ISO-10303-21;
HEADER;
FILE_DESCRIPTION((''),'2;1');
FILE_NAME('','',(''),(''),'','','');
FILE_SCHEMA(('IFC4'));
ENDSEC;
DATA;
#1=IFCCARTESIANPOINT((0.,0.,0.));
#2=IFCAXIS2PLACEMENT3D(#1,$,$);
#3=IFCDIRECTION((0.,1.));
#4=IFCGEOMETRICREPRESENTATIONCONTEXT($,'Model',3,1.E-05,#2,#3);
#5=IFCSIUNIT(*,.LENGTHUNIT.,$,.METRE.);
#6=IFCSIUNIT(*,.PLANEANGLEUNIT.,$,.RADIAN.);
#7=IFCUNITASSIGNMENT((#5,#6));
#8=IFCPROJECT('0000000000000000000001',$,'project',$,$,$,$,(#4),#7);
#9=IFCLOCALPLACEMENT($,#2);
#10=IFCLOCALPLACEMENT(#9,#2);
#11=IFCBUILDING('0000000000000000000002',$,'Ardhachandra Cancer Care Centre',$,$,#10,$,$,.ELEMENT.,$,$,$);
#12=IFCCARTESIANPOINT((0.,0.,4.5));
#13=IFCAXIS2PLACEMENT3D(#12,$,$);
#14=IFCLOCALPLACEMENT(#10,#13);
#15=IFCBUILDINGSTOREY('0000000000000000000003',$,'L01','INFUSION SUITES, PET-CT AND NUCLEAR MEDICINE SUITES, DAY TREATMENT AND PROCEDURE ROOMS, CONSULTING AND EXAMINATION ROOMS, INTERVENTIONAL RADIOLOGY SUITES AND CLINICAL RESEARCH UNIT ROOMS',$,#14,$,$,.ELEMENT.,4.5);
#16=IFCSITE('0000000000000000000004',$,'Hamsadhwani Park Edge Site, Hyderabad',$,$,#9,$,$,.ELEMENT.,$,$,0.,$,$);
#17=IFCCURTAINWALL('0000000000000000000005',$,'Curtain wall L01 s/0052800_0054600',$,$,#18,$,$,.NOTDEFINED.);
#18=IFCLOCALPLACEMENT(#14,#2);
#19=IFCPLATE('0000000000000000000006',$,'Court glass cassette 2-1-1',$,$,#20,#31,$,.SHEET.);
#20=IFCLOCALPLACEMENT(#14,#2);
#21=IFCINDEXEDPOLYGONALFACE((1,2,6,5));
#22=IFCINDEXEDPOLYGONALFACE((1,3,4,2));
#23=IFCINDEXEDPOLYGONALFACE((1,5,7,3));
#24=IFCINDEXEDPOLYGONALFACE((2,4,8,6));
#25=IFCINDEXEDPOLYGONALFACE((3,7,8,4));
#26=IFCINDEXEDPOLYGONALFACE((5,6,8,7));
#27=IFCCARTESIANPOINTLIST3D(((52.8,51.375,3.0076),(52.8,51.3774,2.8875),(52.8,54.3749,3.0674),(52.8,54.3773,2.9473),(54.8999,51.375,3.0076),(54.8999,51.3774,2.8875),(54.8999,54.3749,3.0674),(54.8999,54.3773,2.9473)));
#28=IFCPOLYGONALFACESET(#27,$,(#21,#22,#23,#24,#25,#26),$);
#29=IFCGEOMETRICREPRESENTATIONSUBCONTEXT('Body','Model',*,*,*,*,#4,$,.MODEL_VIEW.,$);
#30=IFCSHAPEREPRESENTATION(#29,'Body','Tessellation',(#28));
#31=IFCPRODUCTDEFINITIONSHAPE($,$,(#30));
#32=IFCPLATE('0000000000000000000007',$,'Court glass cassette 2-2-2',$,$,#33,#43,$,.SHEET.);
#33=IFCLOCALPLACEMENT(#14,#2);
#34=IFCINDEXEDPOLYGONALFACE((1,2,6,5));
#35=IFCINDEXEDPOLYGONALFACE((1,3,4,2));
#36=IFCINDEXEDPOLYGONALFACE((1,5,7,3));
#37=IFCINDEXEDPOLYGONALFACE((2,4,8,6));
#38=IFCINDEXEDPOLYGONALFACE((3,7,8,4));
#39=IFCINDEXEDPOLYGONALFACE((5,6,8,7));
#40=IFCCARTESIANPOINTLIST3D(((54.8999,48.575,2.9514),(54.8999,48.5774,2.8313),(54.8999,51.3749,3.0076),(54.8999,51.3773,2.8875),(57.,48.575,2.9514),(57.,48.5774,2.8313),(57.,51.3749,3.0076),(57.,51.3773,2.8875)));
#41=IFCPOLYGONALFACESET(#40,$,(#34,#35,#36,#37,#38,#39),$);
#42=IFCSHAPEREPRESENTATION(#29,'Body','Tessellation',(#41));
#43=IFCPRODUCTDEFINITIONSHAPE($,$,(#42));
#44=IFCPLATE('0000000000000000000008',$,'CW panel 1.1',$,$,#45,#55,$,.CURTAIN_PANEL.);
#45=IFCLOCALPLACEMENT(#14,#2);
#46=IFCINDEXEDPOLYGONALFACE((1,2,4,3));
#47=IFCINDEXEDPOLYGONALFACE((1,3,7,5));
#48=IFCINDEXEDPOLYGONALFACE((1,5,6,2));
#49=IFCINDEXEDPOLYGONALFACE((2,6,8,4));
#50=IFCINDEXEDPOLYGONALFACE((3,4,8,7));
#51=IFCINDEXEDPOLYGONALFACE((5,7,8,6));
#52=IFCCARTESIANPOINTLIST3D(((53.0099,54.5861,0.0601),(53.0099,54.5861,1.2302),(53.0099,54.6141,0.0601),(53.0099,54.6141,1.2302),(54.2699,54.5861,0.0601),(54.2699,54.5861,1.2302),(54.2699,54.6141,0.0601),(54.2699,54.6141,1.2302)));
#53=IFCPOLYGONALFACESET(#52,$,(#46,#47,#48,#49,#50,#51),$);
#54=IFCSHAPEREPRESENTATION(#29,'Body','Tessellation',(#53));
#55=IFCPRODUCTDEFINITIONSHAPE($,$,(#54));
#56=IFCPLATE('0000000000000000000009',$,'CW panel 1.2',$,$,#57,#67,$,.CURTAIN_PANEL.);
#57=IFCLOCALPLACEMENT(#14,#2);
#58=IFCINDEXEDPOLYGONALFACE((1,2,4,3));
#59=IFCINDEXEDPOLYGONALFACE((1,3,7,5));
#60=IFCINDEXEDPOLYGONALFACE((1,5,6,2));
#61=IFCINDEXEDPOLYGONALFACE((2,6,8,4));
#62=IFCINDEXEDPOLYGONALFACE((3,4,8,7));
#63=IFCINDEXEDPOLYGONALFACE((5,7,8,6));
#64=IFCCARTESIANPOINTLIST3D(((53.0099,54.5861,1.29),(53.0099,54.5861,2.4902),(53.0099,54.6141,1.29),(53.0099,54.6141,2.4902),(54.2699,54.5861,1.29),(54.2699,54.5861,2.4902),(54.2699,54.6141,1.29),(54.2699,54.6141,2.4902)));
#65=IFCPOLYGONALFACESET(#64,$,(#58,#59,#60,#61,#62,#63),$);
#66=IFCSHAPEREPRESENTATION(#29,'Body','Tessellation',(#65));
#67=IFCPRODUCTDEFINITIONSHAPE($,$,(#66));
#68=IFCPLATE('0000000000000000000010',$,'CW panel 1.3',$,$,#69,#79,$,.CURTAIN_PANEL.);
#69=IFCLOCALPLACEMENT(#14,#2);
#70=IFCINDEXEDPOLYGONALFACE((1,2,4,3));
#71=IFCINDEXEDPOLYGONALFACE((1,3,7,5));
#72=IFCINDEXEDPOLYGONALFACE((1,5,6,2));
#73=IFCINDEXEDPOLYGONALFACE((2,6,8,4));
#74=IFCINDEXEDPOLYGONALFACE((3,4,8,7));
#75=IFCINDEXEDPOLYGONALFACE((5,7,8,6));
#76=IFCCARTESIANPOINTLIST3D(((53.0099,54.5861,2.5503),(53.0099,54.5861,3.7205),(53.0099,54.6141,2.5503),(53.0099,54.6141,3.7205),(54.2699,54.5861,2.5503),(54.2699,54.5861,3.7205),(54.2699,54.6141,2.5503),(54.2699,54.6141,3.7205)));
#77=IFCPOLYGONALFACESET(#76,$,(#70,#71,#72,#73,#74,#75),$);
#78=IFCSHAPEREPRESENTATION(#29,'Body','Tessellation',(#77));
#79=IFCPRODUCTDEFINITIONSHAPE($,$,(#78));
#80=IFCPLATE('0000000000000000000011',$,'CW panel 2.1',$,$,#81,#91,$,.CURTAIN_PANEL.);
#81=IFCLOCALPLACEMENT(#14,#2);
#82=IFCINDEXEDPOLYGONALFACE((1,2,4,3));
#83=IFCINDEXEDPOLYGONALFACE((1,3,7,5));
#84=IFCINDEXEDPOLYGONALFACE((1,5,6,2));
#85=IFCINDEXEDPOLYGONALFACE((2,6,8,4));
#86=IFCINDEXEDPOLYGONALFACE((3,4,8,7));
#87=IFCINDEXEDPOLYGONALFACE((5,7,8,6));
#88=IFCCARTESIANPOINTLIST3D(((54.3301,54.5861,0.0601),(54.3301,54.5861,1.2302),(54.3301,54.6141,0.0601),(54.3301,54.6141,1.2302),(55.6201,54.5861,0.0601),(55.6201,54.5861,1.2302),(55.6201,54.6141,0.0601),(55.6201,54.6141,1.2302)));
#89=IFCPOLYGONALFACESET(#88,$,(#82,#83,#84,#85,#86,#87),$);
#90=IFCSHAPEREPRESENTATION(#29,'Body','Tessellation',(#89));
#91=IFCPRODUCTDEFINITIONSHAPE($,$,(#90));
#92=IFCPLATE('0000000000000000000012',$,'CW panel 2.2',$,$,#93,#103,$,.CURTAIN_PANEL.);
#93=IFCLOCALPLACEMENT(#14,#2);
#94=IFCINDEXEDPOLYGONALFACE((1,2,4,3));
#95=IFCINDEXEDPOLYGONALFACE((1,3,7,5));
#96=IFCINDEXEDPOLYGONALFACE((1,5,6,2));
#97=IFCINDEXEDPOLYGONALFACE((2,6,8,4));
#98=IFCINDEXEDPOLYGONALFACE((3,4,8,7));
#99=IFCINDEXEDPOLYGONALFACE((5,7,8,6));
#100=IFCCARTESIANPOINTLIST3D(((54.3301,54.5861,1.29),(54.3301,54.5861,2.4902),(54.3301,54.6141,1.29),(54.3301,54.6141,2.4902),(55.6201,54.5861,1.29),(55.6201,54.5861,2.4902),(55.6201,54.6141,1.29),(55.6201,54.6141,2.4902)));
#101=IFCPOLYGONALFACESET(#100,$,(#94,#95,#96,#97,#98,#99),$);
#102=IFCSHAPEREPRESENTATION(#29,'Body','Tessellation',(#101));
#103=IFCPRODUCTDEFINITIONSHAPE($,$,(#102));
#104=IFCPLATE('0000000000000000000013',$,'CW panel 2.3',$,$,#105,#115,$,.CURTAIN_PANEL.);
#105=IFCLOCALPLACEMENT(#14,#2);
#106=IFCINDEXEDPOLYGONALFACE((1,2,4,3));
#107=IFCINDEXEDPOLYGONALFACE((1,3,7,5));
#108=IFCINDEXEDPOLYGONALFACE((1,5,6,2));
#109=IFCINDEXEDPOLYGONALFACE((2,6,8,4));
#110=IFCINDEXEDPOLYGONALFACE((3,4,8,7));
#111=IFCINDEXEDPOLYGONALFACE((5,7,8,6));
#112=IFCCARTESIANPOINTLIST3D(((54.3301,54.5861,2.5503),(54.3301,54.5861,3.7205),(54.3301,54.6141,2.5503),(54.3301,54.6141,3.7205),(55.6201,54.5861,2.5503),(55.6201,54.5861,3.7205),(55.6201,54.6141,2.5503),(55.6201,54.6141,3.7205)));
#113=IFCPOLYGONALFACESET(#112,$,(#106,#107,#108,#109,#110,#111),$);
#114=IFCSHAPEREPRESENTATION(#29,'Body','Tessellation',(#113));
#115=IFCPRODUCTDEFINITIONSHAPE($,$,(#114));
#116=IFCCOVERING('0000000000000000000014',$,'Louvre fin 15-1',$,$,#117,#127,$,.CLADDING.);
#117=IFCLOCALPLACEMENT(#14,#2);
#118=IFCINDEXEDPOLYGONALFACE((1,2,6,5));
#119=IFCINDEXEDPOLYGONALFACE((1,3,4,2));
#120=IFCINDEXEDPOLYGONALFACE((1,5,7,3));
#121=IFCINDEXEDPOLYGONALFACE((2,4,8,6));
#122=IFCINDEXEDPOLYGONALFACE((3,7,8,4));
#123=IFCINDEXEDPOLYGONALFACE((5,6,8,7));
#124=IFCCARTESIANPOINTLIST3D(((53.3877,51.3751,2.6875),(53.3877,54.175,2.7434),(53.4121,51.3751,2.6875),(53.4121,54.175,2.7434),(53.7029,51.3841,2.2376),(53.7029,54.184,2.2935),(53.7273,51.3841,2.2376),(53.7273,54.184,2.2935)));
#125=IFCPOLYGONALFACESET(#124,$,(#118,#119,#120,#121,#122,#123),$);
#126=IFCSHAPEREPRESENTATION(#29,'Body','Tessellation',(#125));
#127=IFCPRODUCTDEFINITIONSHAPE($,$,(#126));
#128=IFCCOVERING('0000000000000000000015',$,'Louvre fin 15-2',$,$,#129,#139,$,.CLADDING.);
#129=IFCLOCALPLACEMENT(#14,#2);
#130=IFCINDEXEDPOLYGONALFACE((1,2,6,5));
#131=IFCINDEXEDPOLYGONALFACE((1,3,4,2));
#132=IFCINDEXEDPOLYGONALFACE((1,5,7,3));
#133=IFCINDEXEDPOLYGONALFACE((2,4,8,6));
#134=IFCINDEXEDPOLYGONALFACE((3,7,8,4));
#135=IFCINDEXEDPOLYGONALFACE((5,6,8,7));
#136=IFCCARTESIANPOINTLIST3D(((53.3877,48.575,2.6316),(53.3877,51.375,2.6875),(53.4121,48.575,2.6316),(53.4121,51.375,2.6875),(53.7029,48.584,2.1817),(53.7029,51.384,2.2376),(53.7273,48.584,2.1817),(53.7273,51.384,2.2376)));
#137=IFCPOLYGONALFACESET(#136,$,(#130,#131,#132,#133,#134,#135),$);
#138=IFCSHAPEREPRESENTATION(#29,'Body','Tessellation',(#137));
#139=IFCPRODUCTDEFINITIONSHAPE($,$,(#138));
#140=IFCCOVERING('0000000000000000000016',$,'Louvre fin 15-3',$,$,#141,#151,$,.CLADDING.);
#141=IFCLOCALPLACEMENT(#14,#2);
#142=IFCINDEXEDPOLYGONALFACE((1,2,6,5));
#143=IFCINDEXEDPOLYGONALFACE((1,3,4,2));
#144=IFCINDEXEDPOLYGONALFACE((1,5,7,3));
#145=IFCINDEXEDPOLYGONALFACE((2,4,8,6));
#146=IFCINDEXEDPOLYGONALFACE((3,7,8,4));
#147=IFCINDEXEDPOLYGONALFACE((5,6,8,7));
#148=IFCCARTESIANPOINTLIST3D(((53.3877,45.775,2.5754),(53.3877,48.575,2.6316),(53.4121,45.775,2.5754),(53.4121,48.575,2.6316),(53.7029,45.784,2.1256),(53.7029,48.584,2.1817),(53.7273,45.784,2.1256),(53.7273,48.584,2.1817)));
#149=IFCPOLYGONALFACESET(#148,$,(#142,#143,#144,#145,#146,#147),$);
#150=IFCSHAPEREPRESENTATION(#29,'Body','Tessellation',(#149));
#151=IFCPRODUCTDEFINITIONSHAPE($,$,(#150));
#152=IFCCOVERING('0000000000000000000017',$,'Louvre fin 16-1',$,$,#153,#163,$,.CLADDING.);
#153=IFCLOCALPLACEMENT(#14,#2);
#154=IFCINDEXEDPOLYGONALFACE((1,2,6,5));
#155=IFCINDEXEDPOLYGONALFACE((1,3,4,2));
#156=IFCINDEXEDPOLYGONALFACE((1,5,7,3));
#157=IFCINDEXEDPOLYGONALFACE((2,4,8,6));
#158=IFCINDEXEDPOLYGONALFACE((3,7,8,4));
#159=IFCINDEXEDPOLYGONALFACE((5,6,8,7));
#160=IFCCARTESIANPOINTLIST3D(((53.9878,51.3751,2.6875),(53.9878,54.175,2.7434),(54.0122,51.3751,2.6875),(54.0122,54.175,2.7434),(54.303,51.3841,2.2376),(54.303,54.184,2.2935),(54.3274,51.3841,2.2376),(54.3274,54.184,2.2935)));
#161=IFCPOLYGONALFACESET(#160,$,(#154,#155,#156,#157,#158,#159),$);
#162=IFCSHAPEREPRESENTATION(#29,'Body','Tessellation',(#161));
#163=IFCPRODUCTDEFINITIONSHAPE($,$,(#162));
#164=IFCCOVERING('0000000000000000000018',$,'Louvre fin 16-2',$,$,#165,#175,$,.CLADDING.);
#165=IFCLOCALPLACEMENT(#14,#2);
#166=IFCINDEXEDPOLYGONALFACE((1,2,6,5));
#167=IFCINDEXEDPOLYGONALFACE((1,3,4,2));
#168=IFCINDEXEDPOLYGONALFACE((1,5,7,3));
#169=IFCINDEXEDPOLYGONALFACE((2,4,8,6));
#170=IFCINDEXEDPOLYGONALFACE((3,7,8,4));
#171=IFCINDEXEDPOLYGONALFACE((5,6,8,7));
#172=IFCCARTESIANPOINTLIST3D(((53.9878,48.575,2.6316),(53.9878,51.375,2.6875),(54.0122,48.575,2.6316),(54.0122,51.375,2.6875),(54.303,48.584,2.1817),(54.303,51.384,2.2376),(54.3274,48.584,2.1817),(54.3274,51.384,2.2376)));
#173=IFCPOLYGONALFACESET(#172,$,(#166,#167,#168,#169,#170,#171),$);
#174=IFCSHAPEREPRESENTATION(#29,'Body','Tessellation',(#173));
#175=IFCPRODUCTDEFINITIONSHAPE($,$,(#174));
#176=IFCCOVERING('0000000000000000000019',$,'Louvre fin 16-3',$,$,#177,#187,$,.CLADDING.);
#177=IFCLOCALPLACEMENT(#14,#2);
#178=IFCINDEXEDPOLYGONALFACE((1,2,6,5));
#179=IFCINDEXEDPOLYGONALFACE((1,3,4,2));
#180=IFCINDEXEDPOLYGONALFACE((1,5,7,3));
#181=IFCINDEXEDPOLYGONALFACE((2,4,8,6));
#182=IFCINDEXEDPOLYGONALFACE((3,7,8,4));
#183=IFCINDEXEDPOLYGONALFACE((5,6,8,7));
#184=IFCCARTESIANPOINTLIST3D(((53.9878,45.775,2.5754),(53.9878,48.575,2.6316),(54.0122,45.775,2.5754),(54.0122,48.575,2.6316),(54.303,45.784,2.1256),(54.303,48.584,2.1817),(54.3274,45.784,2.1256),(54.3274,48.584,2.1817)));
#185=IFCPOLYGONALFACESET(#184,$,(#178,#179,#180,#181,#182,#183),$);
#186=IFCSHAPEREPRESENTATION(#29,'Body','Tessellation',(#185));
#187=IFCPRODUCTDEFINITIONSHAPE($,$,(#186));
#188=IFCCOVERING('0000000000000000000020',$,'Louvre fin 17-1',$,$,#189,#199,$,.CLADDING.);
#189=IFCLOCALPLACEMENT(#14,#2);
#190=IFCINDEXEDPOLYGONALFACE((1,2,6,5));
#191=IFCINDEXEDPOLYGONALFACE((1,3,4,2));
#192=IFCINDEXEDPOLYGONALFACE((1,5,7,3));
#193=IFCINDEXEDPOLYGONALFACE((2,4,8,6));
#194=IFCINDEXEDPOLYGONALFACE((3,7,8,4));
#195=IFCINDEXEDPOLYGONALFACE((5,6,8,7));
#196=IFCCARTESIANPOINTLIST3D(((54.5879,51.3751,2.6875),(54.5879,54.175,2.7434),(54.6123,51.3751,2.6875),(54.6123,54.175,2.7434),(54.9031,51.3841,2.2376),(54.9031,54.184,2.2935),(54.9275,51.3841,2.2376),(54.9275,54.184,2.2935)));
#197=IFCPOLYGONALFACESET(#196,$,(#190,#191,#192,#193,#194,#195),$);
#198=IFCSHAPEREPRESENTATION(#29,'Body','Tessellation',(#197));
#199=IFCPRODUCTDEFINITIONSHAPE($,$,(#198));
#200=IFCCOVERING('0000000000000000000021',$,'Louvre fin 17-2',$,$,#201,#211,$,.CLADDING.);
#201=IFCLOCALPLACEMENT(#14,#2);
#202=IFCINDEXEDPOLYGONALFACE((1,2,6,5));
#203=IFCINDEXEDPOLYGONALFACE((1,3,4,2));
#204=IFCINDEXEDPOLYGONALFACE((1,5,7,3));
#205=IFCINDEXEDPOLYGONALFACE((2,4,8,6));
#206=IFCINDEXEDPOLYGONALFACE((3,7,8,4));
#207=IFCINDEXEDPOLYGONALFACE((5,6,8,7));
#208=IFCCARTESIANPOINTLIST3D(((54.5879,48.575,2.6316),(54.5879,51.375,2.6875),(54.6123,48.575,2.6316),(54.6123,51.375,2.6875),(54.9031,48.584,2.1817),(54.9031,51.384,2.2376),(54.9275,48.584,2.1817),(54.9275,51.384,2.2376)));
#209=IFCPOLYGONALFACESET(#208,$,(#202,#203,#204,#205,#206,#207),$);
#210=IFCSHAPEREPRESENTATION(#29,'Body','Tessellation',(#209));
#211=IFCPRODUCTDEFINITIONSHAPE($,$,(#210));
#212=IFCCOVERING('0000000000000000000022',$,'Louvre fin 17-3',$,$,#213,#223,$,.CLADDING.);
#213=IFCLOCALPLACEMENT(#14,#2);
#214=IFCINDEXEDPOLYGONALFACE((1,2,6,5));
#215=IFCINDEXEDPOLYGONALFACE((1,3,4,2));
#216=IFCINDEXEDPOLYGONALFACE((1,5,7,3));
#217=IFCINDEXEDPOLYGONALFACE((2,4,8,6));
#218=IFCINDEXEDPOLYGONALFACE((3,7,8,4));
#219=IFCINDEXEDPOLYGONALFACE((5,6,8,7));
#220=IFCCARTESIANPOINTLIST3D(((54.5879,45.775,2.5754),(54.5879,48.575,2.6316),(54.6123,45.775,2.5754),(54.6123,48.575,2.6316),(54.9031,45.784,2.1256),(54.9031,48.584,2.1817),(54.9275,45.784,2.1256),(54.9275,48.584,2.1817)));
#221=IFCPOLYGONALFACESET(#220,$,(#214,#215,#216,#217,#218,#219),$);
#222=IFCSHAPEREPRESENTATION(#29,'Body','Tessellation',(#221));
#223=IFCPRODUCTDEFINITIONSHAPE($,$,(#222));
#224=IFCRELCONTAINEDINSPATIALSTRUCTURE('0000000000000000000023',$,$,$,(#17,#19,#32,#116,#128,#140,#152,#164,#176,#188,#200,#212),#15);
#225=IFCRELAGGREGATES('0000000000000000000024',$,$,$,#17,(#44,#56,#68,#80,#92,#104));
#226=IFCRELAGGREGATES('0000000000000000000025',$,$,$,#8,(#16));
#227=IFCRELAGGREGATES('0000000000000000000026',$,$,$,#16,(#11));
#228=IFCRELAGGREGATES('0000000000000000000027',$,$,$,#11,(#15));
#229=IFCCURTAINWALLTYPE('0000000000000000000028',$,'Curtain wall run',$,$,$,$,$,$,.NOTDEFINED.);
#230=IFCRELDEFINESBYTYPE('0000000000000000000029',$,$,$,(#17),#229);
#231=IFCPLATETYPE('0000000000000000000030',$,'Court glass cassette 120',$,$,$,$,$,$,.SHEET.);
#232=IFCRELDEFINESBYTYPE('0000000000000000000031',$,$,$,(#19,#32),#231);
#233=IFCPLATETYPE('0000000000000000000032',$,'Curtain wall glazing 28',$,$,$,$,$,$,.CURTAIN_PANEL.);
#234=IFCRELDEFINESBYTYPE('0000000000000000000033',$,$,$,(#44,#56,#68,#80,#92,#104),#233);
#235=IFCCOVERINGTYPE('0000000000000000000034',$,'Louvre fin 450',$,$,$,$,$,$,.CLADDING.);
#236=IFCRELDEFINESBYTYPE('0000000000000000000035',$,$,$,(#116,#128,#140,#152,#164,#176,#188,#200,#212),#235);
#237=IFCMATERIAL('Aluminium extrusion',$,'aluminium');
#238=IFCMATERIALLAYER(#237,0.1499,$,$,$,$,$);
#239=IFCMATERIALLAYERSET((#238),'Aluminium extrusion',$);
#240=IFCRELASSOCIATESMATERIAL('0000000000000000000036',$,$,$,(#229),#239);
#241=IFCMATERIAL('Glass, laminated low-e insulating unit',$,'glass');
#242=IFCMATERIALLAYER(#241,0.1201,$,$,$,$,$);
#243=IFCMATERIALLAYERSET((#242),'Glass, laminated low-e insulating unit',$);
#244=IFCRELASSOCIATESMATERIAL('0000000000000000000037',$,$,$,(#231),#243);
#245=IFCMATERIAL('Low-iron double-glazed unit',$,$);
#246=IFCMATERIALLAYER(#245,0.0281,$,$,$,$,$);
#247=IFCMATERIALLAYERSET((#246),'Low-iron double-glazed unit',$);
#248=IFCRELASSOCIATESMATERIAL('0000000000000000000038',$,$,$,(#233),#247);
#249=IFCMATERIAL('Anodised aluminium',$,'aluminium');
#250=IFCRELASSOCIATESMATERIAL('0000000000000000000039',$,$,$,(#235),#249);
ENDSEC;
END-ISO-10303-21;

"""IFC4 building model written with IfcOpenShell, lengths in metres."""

from ifc_helpers import new_model, si_unit, direction, frame, origin, origin_2d, place, context, subcontext, project, spatial, polyline, rectangle, outline, extrude, material, layer, layer_set, material_profile, profile_set, type_object, element, aggregate, save


model = new_model("IFC4")

# Units and contexts
model_context = context("Model", 3, precision=1e-05, world=origin(), true_north=direction((0.0, 1.0)))
body_context = subcontext(model_context, "Body", "Model", "MODEL_VIEW")
ifc_project = project(units=[si_unit("LENGTHUNIT", "METRE"), si_unit("PLANEANGLEUNIT", "RADIAN")], contexts=[model_context])

# Site, building, storey
site_placement = place(None, origin())
site = spatial("IfcSite", under=ifc_project, at=site_placement, Name="Hamsadhwani Park Edge Site, Hyderabad", CompositionType="ELEMENT", RefElevation=0.0)
building_placement = place(site_placement, origin())
building = spatial("IfcBuilding", under=site, at=building_placement, Name="Ardhachandra Cancer Care Centre", CompositionType="ELEMENT")
storey_placement = place(building_placement, frame((0.0, 0.0, 4.5)))
storey = spatial("IfcBuildingStorey", under=building, at=storey_placement, Name="L01", Description="INFUSION SUITES, PET-CT AND NUCLEAR MEDICINE SUITES, DAY TREATMENT AND PROCEDURE ROOMS, CONSULTING AND EXAMINATION ROOMS, INTERVENTIONAL RADIOLOGY SUITES AND CLINICAL RESEARCH UNIT ROOMS", CompositionType="ELEMENT", Elevation=4.5)

# Curtain wall
ifc_material_1 = material(Name="Aluminium extrusion", Category="aluminium")
ifc_layer_1 = layer(ifc_material_1, 0.1499)
ifc_layer_set_1 = layer_set([ifc_layer_1], Name="Aluminium extrusion")
curtain_wall_type = type_object("IfcCurtainWallType", Name="Curtain wall run", PredefinedType="NOTDEFINED", material=ifc_layer_set_1)
curtain_wall_placement = place(storey_placement, origin())
curtain_wall = element("IfcCurtainWall", 1, at=curtain_wall_placement, inside=storey, type_object=curtain_wall_type, Name="Curtain wall L01 s/0052800_0054600", PredefinedType="NOTDEFINED")

# Plates
ifc_material_2 = material(Name="Glass, laminated low-e insulating unit", Category="glass")
ifc_layer_2 = layer(ifc_material_2, 0.1201)
ifc_layer_set_2 = layer_set([ifc_layer_2], Name="Glass, laminated low-e insulating unit")
plate_type_1 = type_object("IfcPlateType", Name="Court glass cassette 120", PredefinedType="SHEET", material=ifc_layer_set_2)
plate_1_placement = place(storey_placement, frame((54.8999, 51.375, 3.0076), z_axis=(0.0, -0.019934, 0.999801), x_axis=(-1.0, 0.0, 0.0)))
element("IfcPlate", 2, at=plate_1_placement, inside=storey, type_object=plate_type_1, Name="Court glass cassette 2-1-1", PredefinedType="SHEET", context=body_context, shape_type="SweptSolid", body=[
    extrude(outline(polyline([(0.0, -3.0005), (2.0999, -3.0005), (2.0999, 0.0), (0.0, 0.0), (0.0, -3.0005)])), frame((0.0, 0.0, -0.1201)), (0.0, 0.0, 1.0), 0.1201),
])
plate_2_placement = place(storey_placement, frame((54.8999, 48.575, 2.9514), z_axis=(0.0, -0.02005, 0.999799), x_axis=(0.0, 0.999799, 0.02005)))
element("IfcPlate", 3, at=plate_2_placement, inside=storey, type_object=plate_type_1, Name="Court glass cassette 2-2-2", PredefinedType="SHEET", context=body_context, shape_type="SweptSolid", body=[
    extrude(outline(polyline([(0.0, -2.1001), (2.8005, -2.1001), (2.8005, 0.0), (0.0, 0.0), (0.0, -2.1001)])), frame((0.0, 0.0, -0.1201)), (0.0, 0.0, 1.0), 0.1201),
])

# Plates
ifc_material_3 = material(Name="Low-iron double-glazed unit")
ifc_layer_3 = layer(ifc_material_3, 0.0281)
ifc_layer_set_3 = layer_set([ifc_layer_3], Name="Low-iron double-glazed unit")
plate_type_2 = type_object("IfcPlateType", Name="Curtain wall glazing 28", PredefinedType="CURTAIN_PANEL", material=ifc_layer_set_3)
plate_3_placement = place(storey_placement, frame((53.6399, 54.6001, 0.0601), z_axis=(0.0, 0.0, 1.0), x_axis=(1.0, 0.0, 0.0)))
plate_3 = element("IfcPlate", 4, at=plate_3_placement, type_object=plate_type_2, Name="CW panel 1.1", PredefinedType="CURTAIN_PANEL", context=body_context, shape_type="SweptSolid", body=[
    extrude(rectangle(XDim=1.26, YDim=0.0281, at=origin_2d()), origin(), (0.0, 0.0, 1.0), 1.1702),
])
plate_4_placement = place(storey_placement, frame((53.6399, 54.6001, 1.29), z_axis=(0.0, 0.0, 1.0), x_axis=(1.0, 0.0, 0.0)))
plate_4 = element("IfcPlate", 5, at=plate_4_placement, type_object=plate_type_2, Name="CW panel 1.2", PredefinedType="CURTAIN_PANEL", context=body_context, shape_type="SweptSolid", body=[
    extrude(rectangle(XDim=1.26, YDim=0.0281, at=origin_2d()), origin(), (0.0, 0.0, 1.0), 1.2002),
])
plate_5_placement = place(storey_placement, frame((53.6399, 54.6001, 2.5503), z_axis=(0.0, 0.0, 1.0), x_axis=(1.0, 0.0, 0.0)))
plate_5 = element("IfcPlate", 6, at=plate_5_placement, type_object=plate_type_2, Name="CW panel 1.3", PredefinedType="CURTAIN_PANEL", context=body_context, shape_type="SweptSolid", body=[
    extrude(rectangle(XDim=1.26, YDim=0.0281, at=origin_2d()), origin(), (0.0, 0.0, 1.0), 1.1702),
])
plate_6_placement = place(storey_placement, frame((54.9751, 54.6001, 0.0601), z_axis=(0.0, 0.0, 1.0), x_axis=(1.0, 0.0, 0.0)))
plate_6 = element("IfcPlate", 7, at=plate_6_placement, type_object=plate_type_2, Name="CW panel 2.1", PredefinedType="CURTAIN_PANEL", context=body_context, shape_type="SweptSolid", body=[
    extrude(rectangle(XDim=1.29, YDim=0.0281, at=origin_2d()), origin(), (0.0, 0.0, 1.0), 1.1702),
])
plate_7_placement = place(storey_placement, frame((54.9751, 54.6001, 1.29), z_axis=(0.0, 0.0, 1.0), x_axis=(1.0, 0.0, 0.0)))
plate_7 = element("IfcPlate", 8, at=plate_7_placement, type_object=plate_type_2, Name="CW panel 2.2", PredefinedType="CURTAIN_PANEL", context=body_context, shape_type="SweptSolid", body=[
    extrude(rectangle(XDim=1.29, YDim=0.0281, at=origin_2d()), origin(), (0.0, 0.0, 1.0), 1.2002),
])
plate_8_placement = place(storey_placement, frame((54.9751, 54.6001, 2.5503), z_axis=(0.0, 0.0, 1.0), x_axis=(1.0, 0.0, 0.0)))
plate_8 = element("IfcPlate", 9, at=plate_8_placement, type_object=plate_type_2, Name="CW panel 2.3", PredefinedType="CURTAIN_PANEL", context=body_context, shape_type="SweptSolid", body=[
    extrude(rectangle(XDim=1.29, YDim=0.0281, at=origin_2d()), origin(), (0.0, 0.0, 1.0), 1.1702),
])
aggregate(curtain_wall, [plate_3, plate_4, plate_5, plate_6, plate_7, plate_8])

# Coverings
ifc_material_4 = material(Name="Anodised aluminium", Category="aluminium")
ifc_material_profile_1 = material_profile(ifc_material_4, outline(polyline([(-0.0122, 0.0), (0.0122, 0.0), (0.3274, -0.45), (0.303, -0.45), (-0.0122, 0.0)])), Name="Louvre fin 450")
ifc_profile_set_1 = profile_set([ifc_material_profile_1], Name="Anodised aluminium")
covering_type = type_object("IfcCoveringType", Name="Louvre fin 450", PredefinedType="CLADDING", material=ifc_profile_set_1)
for number, where, z_axis, x_axis, name in (
    (10, (53.3999, 54.175, 2.7434), (0.0, -0.999801, -0.019963), (1.0, 0.0, 0.0), "Louvre fin 15-1"),
    (11, (53.3999, 51.375, 2.6875), (0.0, -0.999801, -0.019963), (1.0, 0.0, 0.0), "Louvre fin 15-2"),
    (12, (53.3999, 48.575, 2.6316), (0.0, -0.999799, -0.02005), (1.0, 0.0, 0.0), "Louvre fin 15-3"),
    (13, (54.0, 54.175, 2.7434), (0.0, -0.999801, -0.019963), (1.0, 0.0, 0.0), "Louvre fin 16-1"),
    (14, (54.0, 51.375, 2.6875), (0.0, -0.999801, -0.019963), (1.0, 0.0, 0.0), "Louvre fin 16-2"),
    (15, (54.0, 48.575, 2.6316), (0.0, -0.999799, -0.02005), (1.0, 0.0, 0.0), "Louvre fin 16-3"),
    (16, (54.6001, 54.175, 2.7434), (0.0, -0.999801, -0.019963), (1.0, 0.0, 0.0), "Louvre fin 17-1"),
    (17, (54.6001, 51.375, 2.6875), (0.0, -0.999801, -0.019963), (1.0, 0.0, 0.0), "Louvre fin 17-2"),
    (18, (54.6001, 48.575, 2.6316), (0.0, -0.999799, -0.02005), (1.0, 0.0, 0.0), "Louvre fin 17-3"),
):
    element("IfcCovering", number, at=place(storey_placement, frame(where, z_axis=z_axis, x_axis=x_axis)), inside=storey, type_object=covering_type, Name=name, PredefinedType="CLADDING", context=body_context, shape_type="SweptSolid", body=[
        extrude(outline(polyline([(-0.0122, 0.0), (0.0122, 0.0), (0.3274, -0.45), (0.303, -0.45), (-0.0122, 0.0)])), origin(), (0.0, 0.0, 1.0), 2.8005),
    ])

save(model, "model.ifc")
